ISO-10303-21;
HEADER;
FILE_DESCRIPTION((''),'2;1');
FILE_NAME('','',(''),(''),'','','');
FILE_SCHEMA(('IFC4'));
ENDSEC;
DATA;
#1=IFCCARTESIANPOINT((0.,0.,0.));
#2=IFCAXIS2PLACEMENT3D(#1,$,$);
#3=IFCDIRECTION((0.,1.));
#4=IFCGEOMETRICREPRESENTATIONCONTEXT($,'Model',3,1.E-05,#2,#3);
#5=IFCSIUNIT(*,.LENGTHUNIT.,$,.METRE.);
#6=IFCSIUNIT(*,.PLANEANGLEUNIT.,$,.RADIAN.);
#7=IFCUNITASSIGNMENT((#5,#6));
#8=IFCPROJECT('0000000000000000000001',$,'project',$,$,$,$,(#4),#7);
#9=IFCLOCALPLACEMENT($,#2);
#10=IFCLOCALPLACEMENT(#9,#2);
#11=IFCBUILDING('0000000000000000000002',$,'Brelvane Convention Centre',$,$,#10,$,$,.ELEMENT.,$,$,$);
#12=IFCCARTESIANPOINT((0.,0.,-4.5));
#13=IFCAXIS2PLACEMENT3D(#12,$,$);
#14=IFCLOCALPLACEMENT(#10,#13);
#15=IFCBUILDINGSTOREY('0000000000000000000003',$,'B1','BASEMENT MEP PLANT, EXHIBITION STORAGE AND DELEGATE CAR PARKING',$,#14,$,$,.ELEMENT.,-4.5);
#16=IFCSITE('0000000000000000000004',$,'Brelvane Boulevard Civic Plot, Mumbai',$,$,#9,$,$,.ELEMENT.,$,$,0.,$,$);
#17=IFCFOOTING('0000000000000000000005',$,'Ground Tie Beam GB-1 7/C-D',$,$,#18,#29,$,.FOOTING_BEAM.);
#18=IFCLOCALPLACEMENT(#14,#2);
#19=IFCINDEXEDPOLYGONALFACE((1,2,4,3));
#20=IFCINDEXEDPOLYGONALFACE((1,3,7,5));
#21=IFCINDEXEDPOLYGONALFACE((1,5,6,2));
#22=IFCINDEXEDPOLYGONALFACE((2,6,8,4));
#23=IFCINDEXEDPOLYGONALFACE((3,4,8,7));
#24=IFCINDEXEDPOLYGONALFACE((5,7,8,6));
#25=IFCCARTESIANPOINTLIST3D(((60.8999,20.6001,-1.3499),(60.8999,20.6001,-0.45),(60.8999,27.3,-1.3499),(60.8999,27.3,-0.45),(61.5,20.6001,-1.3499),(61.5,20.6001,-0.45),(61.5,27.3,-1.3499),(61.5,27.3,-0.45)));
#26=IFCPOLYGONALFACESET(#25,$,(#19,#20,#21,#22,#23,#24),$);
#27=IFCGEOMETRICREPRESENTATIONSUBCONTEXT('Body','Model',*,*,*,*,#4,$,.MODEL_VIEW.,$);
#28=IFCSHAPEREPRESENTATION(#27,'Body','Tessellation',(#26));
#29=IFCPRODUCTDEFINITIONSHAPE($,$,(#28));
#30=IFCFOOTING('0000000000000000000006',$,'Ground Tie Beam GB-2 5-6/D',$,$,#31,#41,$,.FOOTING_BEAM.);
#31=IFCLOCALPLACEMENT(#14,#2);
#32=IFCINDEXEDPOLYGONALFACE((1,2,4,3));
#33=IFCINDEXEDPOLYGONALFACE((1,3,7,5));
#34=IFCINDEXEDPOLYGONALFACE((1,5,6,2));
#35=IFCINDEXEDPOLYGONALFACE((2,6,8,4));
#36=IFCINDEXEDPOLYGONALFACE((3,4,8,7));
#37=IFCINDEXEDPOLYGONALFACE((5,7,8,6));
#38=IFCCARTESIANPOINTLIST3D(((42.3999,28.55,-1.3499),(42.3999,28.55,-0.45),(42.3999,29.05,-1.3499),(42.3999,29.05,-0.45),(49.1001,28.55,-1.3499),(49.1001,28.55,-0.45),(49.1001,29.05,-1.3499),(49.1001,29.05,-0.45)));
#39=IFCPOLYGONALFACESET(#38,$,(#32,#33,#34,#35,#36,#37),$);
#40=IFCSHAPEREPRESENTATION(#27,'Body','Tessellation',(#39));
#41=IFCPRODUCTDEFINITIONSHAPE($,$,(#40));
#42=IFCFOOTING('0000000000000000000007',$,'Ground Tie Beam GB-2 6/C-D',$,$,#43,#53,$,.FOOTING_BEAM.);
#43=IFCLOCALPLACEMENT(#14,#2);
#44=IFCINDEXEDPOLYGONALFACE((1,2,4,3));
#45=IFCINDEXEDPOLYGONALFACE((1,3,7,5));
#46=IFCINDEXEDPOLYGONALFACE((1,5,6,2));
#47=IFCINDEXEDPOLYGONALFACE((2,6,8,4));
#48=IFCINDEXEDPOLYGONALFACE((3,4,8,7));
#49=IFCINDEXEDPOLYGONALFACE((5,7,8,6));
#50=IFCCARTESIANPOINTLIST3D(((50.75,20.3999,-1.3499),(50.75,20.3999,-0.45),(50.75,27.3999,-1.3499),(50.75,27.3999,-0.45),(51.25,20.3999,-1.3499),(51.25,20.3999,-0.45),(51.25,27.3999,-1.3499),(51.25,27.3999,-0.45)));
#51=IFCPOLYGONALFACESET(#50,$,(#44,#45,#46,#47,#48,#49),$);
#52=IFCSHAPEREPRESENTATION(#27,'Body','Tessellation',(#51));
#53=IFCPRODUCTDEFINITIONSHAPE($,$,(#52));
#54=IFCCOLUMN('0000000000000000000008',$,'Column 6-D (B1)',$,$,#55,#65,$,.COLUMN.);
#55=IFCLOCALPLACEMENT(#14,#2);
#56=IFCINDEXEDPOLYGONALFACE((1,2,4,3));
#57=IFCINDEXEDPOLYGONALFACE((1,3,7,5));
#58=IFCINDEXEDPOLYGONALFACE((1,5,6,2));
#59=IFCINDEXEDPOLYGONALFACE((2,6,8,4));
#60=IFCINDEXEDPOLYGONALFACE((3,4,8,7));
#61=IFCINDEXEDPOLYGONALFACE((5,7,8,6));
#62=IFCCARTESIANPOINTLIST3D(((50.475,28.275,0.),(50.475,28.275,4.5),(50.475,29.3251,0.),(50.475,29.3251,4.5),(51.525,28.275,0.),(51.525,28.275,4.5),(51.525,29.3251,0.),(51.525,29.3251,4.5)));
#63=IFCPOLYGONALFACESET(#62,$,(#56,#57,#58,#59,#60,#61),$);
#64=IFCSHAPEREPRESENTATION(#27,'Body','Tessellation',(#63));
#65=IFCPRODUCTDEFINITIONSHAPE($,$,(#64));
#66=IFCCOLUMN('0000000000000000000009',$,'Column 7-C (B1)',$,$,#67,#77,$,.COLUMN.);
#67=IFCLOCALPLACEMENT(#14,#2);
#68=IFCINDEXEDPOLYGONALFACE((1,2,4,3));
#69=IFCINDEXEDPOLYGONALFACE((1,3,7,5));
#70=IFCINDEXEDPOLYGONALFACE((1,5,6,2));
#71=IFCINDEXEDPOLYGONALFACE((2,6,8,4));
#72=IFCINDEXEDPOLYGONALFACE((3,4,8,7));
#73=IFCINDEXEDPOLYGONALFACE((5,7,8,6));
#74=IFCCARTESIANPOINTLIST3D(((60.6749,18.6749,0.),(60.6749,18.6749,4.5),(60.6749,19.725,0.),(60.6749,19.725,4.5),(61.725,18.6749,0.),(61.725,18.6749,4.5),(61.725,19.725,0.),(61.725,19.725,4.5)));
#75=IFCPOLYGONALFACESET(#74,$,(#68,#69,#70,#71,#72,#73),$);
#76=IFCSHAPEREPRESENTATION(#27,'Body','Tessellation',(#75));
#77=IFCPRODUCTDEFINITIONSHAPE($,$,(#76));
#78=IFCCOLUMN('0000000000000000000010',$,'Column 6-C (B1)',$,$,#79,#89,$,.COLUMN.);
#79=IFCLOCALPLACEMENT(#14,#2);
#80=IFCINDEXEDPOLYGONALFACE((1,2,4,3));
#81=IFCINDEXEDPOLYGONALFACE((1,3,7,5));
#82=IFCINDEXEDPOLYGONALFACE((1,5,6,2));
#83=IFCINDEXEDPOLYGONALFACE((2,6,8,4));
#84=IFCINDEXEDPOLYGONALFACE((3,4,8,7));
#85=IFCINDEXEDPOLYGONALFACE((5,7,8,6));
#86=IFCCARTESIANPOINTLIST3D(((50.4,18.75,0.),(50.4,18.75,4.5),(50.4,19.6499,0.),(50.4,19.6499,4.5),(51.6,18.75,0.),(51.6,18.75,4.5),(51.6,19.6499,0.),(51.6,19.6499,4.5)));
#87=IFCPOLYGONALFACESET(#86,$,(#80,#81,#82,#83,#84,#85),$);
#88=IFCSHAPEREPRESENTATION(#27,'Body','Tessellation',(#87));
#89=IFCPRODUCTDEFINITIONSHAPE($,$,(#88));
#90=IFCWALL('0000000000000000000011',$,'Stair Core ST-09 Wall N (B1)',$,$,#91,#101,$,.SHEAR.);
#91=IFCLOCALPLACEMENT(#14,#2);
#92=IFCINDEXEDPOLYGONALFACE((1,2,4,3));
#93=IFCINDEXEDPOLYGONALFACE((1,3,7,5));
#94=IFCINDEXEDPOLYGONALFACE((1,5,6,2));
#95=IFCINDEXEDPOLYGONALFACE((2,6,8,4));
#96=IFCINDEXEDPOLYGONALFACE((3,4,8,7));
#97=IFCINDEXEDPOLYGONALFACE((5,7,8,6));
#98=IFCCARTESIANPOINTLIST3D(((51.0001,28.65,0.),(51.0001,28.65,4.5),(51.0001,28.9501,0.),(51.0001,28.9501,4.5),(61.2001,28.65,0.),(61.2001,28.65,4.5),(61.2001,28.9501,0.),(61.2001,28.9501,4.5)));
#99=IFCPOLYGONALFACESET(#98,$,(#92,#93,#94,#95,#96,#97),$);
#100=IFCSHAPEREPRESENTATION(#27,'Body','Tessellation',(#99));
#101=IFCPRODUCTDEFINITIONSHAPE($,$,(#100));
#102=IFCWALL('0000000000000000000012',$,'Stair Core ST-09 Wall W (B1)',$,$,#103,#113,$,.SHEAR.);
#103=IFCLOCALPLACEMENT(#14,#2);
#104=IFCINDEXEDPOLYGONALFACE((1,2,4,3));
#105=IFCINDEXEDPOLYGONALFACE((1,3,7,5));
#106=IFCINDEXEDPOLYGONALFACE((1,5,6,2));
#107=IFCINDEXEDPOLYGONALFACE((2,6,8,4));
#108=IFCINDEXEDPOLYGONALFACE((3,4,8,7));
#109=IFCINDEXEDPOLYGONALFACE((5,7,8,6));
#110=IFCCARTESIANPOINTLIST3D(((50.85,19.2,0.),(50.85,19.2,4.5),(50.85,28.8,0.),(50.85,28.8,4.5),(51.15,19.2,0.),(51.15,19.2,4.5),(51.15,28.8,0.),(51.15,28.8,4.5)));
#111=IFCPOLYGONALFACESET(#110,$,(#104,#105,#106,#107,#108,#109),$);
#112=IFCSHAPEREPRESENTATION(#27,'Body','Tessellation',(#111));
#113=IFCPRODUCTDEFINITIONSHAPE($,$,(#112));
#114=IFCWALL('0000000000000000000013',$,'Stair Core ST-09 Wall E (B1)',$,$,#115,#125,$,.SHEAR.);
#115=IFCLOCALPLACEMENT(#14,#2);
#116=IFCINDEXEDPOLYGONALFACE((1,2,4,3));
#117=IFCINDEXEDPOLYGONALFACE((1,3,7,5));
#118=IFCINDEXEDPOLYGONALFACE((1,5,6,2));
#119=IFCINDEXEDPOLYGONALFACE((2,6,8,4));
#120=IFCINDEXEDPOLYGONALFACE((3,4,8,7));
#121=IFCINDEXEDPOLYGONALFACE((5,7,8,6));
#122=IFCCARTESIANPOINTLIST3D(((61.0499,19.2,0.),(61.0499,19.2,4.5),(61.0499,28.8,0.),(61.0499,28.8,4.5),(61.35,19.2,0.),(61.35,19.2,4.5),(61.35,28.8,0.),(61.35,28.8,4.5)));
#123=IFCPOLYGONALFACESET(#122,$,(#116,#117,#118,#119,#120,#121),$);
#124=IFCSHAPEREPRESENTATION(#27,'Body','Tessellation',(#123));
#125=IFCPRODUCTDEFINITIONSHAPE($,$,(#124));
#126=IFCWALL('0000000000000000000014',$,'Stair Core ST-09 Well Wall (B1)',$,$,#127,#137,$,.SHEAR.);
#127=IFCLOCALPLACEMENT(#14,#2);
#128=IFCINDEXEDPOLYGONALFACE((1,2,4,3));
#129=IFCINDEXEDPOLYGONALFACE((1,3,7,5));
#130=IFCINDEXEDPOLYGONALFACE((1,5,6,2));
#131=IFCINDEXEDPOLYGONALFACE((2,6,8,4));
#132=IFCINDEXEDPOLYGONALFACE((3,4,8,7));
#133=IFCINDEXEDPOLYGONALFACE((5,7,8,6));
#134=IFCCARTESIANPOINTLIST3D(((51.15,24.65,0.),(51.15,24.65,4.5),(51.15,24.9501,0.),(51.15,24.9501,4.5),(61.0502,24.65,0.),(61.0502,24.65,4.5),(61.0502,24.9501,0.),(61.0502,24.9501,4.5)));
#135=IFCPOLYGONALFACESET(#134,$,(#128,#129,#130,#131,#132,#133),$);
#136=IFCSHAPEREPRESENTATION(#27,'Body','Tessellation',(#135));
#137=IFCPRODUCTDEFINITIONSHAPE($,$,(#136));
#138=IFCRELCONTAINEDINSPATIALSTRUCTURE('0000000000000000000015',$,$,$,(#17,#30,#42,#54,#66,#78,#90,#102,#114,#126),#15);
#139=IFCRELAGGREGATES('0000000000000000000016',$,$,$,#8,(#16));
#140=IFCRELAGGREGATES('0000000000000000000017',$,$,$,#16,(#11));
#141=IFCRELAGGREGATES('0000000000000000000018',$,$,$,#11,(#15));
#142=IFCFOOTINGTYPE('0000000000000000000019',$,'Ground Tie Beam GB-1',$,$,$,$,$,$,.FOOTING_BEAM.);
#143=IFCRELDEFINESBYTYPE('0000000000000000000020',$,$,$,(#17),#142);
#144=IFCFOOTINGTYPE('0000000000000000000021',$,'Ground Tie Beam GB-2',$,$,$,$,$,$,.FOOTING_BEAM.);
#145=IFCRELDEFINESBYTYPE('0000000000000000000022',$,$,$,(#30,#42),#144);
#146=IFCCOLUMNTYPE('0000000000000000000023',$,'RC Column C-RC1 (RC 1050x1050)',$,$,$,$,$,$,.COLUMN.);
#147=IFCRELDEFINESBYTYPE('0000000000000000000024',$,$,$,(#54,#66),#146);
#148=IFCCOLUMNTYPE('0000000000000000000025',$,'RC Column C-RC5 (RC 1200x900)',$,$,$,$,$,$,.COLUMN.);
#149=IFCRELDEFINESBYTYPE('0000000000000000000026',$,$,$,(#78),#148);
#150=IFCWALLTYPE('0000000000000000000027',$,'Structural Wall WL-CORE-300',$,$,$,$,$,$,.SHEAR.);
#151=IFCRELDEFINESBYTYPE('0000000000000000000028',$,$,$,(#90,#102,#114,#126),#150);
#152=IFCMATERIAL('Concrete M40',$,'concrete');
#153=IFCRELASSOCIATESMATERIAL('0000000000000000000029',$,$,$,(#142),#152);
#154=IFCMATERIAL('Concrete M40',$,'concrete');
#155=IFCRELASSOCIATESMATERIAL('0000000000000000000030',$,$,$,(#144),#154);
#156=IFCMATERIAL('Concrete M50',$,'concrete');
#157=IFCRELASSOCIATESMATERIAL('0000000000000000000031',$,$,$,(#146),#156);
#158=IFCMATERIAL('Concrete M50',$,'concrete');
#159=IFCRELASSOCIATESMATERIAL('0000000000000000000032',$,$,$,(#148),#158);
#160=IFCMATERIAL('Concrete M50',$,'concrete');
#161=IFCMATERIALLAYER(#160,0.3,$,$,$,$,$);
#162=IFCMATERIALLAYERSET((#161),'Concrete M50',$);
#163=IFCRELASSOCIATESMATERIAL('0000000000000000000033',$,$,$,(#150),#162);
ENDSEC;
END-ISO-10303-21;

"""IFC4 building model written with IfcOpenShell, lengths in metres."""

from ifc_helpers import new_model, si_unit, direction, frame, frame_2d, origin, origin_2d, place, context, subcontext, project, spatial, rectangle, extrude, material, layer, layer_set, material_profile, profile_set, type_object, element, save


model = new_model("IFC4")

# Units and contexts
model_context = context("Model", 3, precision=1e-05, world=origin(), true_north=direction((0.0, 1.0)))
body_context = subcontext(model_context, "Body", "Model", "MODEL_VIEW")
ifc_project = project(units=[si_unit("LENGTHUNIT", "METRE"), si_unit("PLANEANGLEUNIT", "RADIAN")], contexts=[model_context])

# Site, building, storey
site_placement = place(None, origin())
site = spatial("IfcSite", under=ifc_project, at=site_placement, Name="Brelvane Boulevard Civic Plot, Mumbai", CompositionType="ELEMENT", RefElevation=0.0)
building_placement = place(site_placement, origin())
building = spatial("IfcBuilding", under=site, at=building_placement, Name="Brelvane Convention Centre", CompositionType="ELEMENT")
storey_placement = place(building_placement, frame((0.0, 0.0, -4.5)))
storey = spatial("IfcBuildingStorey", under=building, at=storey_placement, Name="B1", Description="BASEMENT MEP PLANT, EXHIBITION STORAGE AND DELEGATE CAR PARKING", CompositionType="ELEMENT", Elevation=-4.5)

# Footings
ifc_material_1 = material(Name="Concrete M40", Category="concrete")
ifc_material_profile_1 = material_profile(ifc_material_1, rectangle(XDim=0.6001, YDim=0.8999, at=origin_2d()), Name="RC 600x900")
ifc_profile_set_1 = profile_set([ifc_material_profile_1], Name="Concrete M40")
footing_type_1 = type_object("IfcFootingType", Name="Ground Tie Beam GB-1", PredefinedType="FOOTING_BEAM", material=ifc_profile_set_1)
for number, where, z_axis, x_axis, name in (
    (1, (61.2, 20.6001, -0.8999), (0.0, 1.0, 0.0), (-1.0, 0.0, 0.0), "Ground Tie Beam GB-1 7/C-D"),
):
    element("IfcFooting", number, at=place(storey_placement, frame(where, z_axis=z_axis, x_axis=x_axis)), inside=storey, type_object=footing_type_1, Name=name, PredefinedType="FOOTING_BEAM", context=body_context, shape_type="SweptSolid", body=[
        extrude(rectangle(XDim=0.6001, YDim=0.8999, at=origin_2d()), origin(), (0.0, 0.0, 1.0), 6.7),
    ])
ifc_material_2 = material(Name="Concrete M40", Category="concrete")
ifc_material_profile_2 = material_profile(ifc_material_2, rectangle(XDim=0.5, YDim=0.8999, at=origin_2d()), Name="RC 500x900")
ifc_profile_set_2 = profile_set([ifc_material_profile_2], Name="Concrete M40")
footing_type_2 = type_object("IfcFootingType", Name="Ground Tie Beam GB-2", PredefinedType="FOOTING_BEAM", material=ifc_profile_set_2)
footing_1_placement = place(storey_placement, frame((42.3999, 28.8, -0.8999), z_axis=(1.0, 0.0, 0.0), x_axis=(0.0, 1.0, 0.0)))
element("IfcFooting", 2, at=footing_1_placement, inside=storey, type_object=footing_type_2, Name="Ground Tie Beam GB-2 5-6/D", PredefinedType="FOOTING_BEAM", context=body_context, shape_type="SweptSolid", body=[
    extrude(rectangle(XDim=0.5, YDim=0.8999, at=origin_2d()), origin(), (0.0, 0.0, 1.0), 6.7002),
])
footing_2_placement = place(storey_placement, frame((51.0, 20.3999, -0.8999), z_axis=(0.0, 1.0, 0.0), x_axis=(-1.0, 0.0, 0.0)))
element("IfcFooting", 3, at=footing_2_placement, inside=storey, type_object=footing_type_2, Name="Ground Tie Beam GB-2 6/C-D", PredefinedType="FOOTING_BEAM", context=body_context, shape_type="SweptSolid", body=[
    extrude(rectangle(XDim=0.5, YDim=0.8999, at=origin_2d()), origin(), (0.0, 0.0, 1.0), 7.0),
])

# Columns
ifc_material_3 = material(Name="Concrete M50", Category="concrete")
ifc_material_profile_3 = material_profile(ifc_material_3, rectangle(XDim=1.05, YDim=1.05, at=origin_2d()), Name="RC 1050x1050")
ifc_profile_set_3 = profile_set([ifc_material_profile_3], Name="Concrete M50")
column_type_1 = type_object("IfcColumnType", Name="RC Column C-RC1 (RC 1050x1050)", PredefinedType="COLUMN", material=ifc_profile_set_3)
for number, where, z_axis, x_axis, name in (
    (4, (51.0, 28.8, 0.0), (0.0, 0.0, 1.0), (1.0, 0.0, 0.0), "Column 6-D (B1)"),
    (5, (61.2, 19.2, 0.0), (0.0, 0.0, 1.0), (1.0, 0.0, 0.0), "Column 7-C (B1)"),
):
    element("IfcColumn", number, at=place(storey_placement, frame(where, z_axis=z_axis, x_axis=x_axis)), inside=storey, type_object=column_type_1, Name=name, PredefinedType="COLUMN", context=body_context, shape_type="SweptSolid", body=[
        extrude(rectangle(XDim=1.05, YDim=1.05, at=origin_2d()), origin(), (0.0, 0.0, 1.0), 4.5),
    ])
ifc_material_4 = material(Name="Concrete M50", Category="concrete")
ifc_material_profile_4 = material_profile(ifc_material_4, rectangle(XDim=1.2, YDim=0.8999, at=origin_2d()), Name="RC 1200x900")
ifc_profile_set_4 = profile_set([ifc_material_profile_4], Name="Concrete M50")
column_type_2 = type_object("IfcColumnType", Name="RC Column C-RC5 (RC 1200x900)", PredefinedType="COLUMN", material=ifc_profile_set_4)
column_placement = place(storey_placement, frame((51.0, 19.2, 0.0), z_axis=(0.0, 0.0, 1.0), x_axis=(1.0, 0.0, 0.0)))
element("IfcColumn", 6, at=column_placement, inside=storey, type_object=column_type_2, Name="Column 6-C (B1)", PredefinedType="COLUMN", context=body_context, shape_type="SweptSolid", body=[
    extrude(rectangle(XDim=1.2, YDim=0.8999, at=origin_2d()), origin(), (0.0, 0.0, 1.0), 4.5),
])

# Walls
ifc_material_5 = material(Name="Concrete M50", Category="concrete")
ifc_layer = layer(ifc_material_5, 0.3)
ifc_layer_set = layer_set([ifc_layer], Name="Concrete M50")
wall_type = type_object("IfcWallType", Name="Structural Wall WL-CORE-300", PredefinedType="SHEAR", material=ifc_layer_set)
wall_1_placement = place(storey_placement, frame((51.0, 28.8, 0.0), z_axis=(0.0, 0.0, 1.0), x_axis=(1.0, 0.0, 0.0)))
element("IfcWall", 7, at=wall_1_placement, inside=storey, type_object=wall_type, Name="Stair Core ST-09 Wall N (B1)", PredefinedType="SHEAR", context=body_context, shape_type="SweptSolid", body=[
    extrude(rectangle(XDim=10.2, YDim=0.3, at=frame_2d((5.1001, 0.0))), origin(), (0.0, 0.0, 1.0), 4.5),
])
for number, where, z_axis, x_axis, name in (
    (8, (51.0, 19.2, 0.0), (0.0, 0.0, 1.0), (0.0, 1.0, 0.0), "Stair Core ST-09 Wall W (B1)"),
    (9, (61.2, 19.2, 0.0), (0.0, 0.0, 1.0), (0.0, 1.0, 0.0), "Stair Core ST-09 Wall E (B1)"),
):
    element("IfcWall", number, at=place(storey_placement, frame(where, z_axis=z_axis, x_axis=x_axis)), inside=storey, type_object=wall_type, Name=name, PredefinedType="SHEAR", context=body_context, shape_type="SweptSolid", body=[
        extrude(rectangle(XDim=9.6001, YDim=0.3, at=frame_2d((4.8, 0.0))), origin(), (0.0, 0.0, 1.0), 4.5),
    ])
wall_2_placement = place(storey_placement, frame((51.1499, 24.8, 0.0), z_axis=(0.0, 0.0, 1.0), x_axis=(1.0, 0.0, 0.0)))
element("IfcWall", 10, at=wall_2_placement, inside=storey, type_object=wall_type, Name="Stair Core ST-09 Well Wall (B1)", PredefinedType="SHEAR", context=body_context, shape_type="SweptSolid", body=[
    extrude(rectangle(XDim=9.9001, YDim=0.3, at=frame_2d((4.9502, 0.0))), origin(), (0.0, 0.0, 1.0), 4.5),
])

save(model, "model.ifc")
